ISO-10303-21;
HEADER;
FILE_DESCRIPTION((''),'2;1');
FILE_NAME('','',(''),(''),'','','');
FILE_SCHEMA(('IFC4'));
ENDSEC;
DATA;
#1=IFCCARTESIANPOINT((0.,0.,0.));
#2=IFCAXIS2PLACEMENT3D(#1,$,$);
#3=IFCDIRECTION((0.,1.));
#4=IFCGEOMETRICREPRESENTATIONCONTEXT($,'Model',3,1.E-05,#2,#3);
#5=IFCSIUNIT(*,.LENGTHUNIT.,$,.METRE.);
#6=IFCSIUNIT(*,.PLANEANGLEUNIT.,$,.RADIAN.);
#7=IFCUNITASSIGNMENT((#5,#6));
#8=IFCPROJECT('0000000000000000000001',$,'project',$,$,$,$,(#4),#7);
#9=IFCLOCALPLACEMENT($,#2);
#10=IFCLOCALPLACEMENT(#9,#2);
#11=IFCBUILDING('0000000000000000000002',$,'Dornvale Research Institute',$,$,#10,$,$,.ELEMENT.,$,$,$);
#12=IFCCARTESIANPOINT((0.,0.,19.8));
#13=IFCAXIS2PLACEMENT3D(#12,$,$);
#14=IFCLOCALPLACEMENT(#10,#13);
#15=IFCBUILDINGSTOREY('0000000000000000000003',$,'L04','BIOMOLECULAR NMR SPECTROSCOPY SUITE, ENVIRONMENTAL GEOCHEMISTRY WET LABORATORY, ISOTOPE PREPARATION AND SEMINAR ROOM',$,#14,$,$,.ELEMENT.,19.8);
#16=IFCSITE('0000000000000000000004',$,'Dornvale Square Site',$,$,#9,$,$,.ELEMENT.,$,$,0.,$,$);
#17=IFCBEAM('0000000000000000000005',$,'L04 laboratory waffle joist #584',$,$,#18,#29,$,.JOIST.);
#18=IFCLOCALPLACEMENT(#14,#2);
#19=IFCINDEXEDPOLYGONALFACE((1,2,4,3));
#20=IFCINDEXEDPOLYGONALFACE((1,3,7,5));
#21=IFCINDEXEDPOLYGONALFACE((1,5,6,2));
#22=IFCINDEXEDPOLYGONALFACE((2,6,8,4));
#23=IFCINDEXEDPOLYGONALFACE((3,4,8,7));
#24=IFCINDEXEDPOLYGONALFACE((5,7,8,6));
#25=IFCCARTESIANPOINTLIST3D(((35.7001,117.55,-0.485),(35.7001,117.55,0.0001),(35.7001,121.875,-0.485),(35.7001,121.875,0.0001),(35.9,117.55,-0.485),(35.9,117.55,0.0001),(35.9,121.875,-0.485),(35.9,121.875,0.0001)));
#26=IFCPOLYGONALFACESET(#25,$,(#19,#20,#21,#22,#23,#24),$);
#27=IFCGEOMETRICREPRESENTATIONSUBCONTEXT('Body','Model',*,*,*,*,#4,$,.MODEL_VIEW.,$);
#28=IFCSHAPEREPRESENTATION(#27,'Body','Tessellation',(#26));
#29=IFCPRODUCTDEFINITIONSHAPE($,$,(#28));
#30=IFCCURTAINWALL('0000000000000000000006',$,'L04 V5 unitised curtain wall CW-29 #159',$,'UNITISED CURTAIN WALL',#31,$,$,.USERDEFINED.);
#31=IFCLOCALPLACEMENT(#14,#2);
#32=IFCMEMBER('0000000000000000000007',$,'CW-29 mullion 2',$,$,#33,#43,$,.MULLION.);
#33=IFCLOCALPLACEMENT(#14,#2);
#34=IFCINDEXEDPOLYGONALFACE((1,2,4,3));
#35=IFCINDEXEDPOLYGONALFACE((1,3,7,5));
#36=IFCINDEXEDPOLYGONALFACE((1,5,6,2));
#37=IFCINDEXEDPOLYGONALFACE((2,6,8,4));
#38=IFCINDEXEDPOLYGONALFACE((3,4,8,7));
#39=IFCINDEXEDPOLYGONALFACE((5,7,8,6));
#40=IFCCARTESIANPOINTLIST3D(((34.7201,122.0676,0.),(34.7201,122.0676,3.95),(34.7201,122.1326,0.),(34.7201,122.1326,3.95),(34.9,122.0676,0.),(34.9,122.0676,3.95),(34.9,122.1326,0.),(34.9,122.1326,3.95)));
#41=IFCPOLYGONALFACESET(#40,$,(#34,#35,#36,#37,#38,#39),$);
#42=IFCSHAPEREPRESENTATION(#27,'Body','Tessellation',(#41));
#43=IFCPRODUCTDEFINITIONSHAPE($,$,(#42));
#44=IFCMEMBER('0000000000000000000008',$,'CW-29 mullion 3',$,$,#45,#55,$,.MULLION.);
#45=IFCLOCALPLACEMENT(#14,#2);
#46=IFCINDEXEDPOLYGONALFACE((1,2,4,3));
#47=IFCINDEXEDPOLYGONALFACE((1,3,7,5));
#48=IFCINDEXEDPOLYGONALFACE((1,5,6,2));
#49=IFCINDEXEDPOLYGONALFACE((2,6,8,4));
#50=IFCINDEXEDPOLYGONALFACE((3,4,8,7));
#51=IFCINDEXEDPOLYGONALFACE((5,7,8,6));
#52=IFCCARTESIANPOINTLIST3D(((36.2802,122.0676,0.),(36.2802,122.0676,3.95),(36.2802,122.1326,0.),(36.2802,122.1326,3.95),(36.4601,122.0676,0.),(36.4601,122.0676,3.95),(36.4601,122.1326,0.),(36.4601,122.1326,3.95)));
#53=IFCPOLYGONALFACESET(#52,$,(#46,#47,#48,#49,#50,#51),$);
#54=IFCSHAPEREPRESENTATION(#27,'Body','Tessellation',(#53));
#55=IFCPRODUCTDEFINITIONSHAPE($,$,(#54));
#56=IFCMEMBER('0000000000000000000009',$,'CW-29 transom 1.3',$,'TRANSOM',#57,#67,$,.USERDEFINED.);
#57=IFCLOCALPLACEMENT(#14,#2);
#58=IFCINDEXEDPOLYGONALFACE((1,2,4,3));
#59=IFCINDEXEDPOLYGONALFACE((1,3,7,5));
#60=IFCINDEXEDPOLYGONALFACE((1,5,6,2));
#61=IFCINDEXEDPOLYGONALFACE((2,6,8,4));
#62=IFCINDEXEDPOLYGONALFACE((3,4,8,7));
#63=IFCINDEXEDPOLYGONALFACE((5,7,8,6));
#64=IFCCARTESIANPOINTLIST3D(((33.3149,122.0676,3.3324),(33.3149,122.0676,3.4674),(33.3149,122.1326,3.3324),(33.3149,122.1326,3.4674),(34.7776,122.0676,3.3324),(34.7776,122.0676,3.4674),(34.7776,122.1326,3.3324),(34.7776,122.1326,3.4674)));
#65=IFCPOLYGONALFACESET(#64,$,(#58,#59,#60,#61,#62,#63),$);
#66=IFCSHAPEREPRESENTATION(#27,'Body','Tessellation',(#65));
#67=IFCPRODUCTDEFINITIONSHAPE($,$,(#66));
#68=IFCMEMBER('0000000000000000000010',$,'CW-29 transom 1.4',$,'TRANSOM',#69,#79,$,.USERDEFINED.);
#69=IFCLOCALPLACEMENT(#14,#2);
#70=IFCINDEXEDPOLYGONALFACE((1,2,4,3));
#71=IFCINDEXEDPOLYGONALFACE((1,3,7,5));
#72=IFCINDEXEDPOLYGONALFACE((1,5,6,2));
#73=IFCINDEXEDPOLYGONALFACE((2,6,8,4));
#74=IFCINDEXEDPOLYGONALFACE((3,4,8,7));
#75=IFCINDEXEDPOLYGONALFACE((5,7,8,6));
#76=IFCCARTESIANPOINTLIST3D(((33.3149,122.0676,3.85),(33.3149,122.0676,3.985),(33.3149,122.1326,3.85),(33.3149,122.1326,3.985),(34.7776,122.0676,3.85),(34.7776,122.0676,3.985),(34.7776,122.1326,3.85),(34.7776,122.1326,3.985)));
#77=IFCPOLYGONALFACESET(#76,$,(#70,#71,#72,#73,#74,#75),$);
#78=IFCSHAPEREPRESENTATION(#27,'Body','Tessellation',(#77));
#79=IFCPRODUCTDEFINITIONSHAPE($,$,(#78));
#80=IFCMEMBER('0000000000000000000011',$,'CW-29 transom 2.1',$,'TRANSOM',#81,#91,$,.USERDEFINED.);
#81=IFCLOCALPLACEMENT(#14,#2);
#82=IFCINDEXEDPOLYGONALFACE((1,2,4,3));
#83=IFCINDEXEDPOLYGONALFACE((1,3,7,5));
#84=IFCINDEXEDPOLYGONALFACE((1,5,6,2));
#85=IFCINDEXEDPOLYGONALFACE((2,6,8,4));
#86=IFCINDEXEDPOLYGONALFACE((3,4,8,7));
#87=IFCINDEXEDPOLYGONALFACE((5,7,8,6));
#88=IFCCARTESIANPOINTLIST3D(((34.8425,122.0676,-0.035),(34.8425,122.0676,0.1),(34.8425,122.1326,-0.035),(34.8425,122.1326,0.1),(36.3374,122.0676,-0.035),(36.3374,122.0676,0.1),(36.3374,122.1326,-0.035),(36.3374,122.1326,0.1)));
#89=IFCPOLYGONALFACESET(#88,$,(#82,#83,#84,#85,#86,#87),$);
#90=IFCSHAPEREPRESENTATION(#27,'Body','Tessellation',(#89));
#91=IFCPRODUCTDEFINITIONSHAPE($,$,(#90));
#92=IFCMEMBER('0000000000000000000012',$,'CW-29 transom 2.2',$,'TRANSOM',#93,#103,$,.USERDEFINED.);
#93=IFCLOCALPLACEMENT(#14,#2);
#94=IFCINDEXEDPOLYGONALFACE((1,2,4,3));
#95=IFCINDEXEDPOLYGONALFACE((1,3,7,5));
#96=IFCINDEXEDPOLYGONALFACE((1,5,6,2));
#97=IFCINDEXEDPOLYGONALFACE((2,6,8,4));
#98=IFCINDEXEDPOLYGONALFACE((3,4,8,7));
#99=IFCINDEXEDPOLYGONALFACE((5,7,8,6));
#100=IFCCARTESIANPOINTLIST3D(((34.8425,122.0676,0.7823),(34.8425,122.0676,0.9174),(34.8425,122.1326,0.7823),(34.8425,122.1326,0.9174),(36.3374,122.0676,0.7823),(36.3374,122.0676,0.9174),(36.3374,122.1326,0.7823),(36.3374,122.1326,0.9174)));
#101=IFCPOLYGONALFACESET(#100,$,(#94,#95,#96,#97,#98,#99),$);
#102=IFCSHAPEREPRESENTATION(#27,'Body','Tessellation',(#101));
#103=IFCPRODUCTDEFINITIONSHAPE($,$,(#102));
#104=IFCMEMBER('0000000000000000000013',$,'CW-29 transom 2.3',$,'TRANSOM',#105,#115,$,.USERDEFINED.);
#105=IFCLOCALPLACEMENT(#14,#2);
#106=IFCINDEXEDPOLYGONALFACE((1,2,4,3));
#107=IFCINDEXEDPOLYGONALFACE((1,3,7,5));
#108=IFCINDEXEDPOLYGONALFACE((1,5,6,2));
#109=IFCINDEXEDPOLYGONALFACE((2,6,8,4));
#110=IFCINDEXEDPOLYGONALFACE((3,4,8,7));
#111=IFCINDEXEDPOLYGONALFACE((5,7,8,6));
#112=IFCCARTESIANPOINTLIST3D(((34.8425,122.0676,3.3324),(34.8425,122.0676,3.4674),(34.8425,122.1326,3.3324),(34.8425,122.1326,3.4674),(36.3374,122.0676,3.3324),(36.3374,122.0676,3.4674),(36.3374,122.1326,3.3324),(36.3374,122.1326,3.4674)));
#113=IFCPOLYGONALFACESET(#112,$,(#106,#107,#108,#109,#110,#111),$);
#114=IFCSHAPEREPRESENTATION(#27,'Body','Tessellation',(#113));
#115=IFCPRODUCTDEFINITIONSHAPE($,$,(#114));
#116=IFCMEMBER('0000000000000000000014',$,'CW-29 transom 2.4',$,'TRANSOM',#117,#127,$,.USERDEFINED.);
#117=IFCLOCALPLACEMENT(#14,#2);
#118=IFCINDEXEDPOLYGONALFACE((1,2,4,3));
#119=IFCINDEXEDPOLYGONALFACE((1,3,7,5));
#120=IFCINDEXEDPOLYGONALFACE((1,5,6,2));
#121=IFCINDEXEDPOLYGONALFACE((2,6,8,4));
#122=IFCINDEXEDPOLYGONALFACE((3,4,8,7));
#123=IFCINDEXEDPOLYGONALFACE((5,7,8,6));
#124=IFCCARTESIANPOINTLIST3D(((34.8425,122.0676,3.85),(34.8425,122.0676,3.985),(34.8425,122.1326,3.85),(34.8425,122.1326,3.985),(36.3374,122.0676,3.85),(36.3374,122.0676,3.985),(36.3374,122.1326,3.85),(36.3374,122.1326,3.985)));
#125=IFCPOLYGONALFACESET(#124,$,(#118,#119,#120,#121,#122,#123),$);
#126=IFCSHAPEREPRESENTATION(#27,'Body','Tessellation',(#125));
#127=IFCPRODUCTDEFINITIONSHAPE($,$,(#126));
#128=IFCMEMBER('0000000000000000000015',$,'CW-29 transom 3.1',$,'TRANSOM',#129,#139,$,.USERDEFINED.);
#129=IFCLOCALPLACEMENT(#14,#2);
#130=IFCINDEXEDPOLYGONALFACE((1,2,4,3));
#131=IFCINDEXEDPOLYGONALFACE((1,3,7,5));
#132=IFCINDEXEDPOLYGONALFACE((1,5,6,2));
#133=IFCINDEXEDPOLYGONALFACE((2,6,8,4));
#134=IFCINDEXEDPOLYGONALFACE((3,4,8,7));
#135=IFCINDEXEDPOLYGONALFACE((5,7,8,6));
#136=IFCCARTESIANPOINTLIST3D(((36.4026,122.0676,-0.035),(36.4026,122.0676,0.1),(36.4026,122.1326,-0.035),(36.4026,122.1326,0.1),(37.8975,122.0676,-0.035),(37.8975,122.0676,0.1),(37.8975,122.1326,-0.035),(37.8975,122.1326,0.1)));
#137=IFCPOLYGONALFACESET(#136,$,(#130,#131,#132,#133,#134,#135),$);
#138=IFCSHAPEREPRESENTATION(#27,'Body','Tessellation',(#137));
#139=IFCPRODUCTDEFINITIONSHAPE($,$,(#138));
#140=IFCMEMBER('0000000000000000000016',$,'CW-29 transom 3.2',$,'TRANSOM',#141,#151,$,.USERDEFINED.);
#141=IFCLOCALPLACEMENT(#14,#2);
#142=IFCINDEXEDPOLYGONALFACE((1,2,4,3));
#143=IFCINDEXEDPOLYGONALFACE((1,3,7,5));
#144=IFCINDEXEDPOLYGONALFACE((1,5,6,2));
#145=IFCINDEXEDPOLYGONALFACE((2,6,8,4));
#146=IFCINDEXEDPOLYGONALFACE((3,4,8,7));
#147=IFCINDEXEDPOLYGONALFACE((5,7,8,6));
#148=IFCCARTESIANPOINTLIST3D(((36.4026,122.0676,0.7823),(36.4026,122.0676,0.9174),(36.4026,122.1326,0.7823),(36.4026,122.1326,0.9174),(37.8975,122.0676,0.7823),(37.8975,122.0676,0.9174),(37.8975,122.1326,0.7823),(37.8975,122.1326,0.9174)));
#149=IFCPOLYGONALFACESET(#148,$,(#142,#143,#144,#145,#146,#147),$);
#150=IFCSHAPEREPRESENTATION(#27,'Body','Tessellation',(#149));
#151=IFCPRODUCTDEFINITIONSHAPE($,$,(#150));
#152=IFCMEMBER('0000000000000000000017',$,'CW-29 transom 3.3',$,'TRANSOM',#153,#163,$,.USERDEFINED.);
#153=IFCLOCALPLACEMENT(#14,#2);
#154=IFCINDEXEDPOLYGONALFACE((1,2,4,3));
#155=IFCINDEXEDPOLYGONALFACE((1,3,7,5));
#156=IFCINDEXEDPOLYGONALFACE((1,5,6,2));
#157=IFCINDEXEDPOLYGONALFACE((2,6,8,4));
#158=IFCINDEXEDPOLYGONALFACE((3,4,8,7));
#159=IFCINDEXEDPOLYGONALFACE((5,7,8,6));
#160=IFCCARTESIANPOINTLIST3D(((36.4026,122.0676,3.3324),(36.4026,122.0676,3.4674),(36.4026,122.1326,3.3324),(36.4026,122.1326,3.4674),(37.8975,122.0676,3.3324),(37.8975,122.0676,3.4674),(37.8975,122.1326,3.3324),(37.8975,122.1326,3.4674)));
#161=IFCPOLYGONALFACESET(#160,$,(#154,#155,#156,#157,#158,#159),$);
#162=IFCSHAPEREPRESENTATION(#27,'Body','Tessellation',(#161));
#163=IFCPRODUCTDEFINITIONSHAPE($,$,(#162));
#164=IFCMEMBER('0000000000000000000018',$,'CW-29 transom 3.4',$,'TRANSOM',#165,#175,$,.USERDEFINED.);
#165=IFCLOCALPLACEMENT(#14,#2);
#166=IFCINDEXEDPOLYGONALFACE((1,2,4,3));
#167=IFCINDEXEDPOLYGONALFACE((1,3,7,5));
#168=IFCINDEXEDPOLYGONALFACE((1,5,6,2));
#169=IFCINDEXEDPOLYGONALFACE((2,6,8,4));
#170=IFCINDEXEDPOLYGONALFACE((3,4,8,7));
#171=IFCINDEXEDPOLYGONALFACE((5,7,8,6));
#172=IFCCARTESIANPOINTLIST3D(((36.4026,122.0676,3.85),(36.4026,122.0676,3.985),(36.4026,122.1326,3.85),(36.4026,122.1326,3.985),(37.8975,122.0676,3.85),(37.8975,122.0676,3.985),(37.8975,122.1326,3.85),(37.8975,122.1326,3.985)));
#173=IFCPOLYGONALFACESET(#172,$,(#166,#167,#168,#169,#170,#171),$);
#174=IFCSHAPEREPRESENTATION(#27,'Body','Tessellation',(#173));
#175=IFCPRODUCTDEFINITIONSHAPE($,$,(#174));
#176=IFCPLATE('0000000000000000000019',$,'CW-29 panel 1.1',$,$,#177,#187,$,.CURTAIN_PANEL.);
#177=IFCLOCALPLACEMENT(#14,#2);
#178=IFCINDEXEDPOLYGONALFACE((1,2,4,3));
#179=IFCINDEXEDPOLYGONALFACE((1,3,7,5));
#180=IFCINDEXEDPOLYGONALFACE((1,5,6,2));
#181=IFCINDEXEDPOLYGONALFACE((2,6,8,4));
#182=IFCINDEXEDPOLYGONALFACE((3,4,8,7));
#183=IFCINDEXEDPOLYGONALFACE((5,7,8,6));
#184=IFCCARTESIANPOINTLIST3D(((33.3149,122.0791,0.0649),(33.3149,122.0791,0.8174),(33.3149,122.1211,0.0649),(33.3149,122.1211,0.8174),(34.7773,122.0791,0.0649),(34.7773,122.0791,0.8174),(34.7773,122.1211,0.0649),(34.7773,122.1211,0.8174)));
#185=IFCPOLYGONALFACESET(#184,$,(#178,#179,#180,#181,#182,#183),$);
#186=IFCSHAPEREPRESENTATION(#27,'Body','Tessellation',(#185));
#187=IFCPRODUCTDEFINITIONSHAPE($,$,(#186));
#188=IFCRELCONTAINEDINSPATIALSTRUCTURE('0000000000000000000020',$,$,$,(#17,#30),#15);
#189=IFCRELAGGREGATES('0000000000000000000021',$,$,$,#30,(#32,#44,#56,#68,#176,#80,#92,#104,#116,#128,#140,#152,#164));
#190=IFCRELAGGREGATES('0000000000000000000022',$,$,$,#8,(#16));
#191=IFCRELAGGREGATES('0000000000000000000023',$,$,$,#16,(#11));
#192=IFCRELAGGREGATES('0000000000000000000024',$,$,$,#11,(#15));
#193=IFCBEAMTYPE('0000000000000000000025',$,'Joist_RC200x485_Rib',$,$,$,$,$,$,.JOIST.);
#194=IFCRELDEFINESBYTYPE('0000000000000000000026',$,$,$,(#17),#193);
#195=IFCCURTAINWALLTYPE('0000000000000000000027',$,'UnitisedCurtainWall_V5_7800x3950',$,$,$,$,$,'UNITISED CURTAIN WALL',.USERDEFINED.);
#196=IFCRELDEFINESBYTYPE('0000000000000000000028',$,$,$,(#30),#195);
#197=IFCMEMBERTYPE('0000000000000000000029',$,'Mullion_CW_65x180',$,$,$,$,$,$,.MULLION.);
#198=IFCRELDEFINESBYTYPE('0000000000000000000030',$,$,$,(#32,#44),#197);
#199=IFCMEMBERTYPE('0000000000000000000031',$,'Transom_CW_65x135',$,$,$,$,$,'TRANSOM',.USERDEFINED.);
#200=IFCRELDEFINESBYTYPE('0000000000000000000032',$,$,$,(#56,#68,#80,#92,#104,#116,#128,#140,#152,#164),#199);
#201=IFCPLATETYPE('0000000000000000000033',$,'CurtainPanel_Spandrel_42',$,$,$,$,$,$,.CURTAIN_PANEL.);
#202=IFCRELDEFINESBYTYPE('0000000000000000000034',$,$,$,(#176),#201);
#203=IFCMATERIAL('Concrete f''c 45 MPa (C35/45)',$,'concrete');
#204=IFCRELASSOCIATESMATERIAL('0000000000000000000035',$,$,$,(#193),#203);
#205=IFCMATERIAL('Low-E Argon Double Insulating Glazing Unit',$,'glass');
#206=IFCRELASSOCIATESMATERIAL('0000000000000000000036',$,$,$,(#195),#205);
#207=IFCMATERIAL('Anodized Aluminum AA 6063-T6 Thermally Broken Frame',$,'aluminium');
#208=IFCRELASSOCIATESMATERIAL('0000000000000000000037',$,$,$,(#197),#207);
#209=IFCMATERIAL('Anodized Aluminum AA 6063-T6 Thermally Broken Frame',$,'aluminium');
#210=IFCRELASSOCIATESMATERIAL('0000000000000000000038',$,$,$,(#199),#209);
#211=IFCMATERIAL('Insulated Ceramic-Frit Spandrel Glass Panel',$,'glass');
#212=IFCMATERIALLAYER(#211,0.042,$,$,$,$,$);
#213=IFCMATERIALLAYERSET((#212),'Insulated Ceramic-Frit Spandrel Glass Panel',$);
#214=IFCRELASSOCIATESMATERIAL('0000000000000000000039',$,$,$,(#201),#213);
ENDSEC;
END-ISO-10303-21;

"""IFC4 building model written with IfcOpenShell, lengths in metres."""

from ifc_helpers import new_model, si_unit, direction, frame, origin, origin_2d, place, context, subcontext, project, spatial, rectangle, extrude, material, layer, layer_set, material_profile, profile_set, type_object, element, aggregate, save


model = new_model("IFC4")

# Units and contexts
model_context = context("Model", 3, precision=1e-05, world=origin(), true_north=direction((0.0, 1.0)))
body_context = subcontext(model_context, "Body", "Model", "MODEL_VIEW")
ifc_project = project(units=[si_unit("LENGTHUNIT", "METRE"), si_unit("PLANEANGLEUNIT", "RADIAN")], contexts=[model_context])

# Site, building, storey
site_placement = place(None, origin())
site = spatial("IfcSite", under=ifc_project, at=site_placement, Name="Dornvale Square Site", CompositionType="ELEMENT", RefElevation=0.0)
building_placement = place(site_placement, origin())
building = spatial("IfcBuilding", under=site, at=building_placement, Name="Dornvale Research Institute", CompositionType="ELEMENT")
storey_placement = place(building_placement, frame((0.0, 0.0, 19.8)))
storey = spatial("IfcBuildingStorey", under=building, at=storey_placement, Name="L04", Description="BIOMOLECULAR NMR SPECTROSCOPY SUITE, ENVIRONMENTAL GEOCHEMISTRY WET LABORATORY, ISOTOPE PREPARATION AND SEMINAR ROOM", CompositionType="ELEMENT", Elevation=19.8)

# Beam
ifc_material_1 = material(Name="Concrete f'c 45 MPa (C35/45)", Category="concrete")
ifc_material_profile_1 = material_profile(ifc_material_1, rectangle(XDim=0.2, YDim=0.4851, at=origin_2d()), Name="RC 200x485")
ifc_profile_set_1 = profile_set([ifc_material_profile_1], Name="Concrete f'c 45 MPa (C35/45)")
beam_type = type_object("IfcBeamType", Name="Joist_RC200x485_Rib", PredefinedType="JOIST", material=ifc_profile_set_1)
beam_placement = place(storey_placement, frame((35.8, 117.55, -0.2424), z_axis=(0.0, 1.0, 0.0), x_axis=(-1.0, 0.0, 0.0)))
element("IfcBeam", 1, at=beam_placement, inside=storey, type_object=beam_type, Name="L04 laboratory waffle joist #584", PredefinedType="JOIST", context=body_context, shape_type="SweptSolid", body=[
    extrude(rectangle(XDim=0.2, YDim=0.4851, at=origin_2d()), origin(), (0.0, 0.0, 1.0), 4.325),
])

# Curtain wall, members, plate
ifc_material_2 = material(Name="Low-E Argon Double Insulating Glazing Unit", Category="glass")
curtain_wall_type = type_object("IfcCurtainWallType", Name="UnitisedCurtainWall_V5_7800x3950", ElementType="UNITISED CURTAIN WALL", PredefinedType="USERDEFINED", material=ifc_material_2)
curtain_wall_placement = place(storey_placement, origin())
curtain_wall = element("IfcCurtainWall", 2, at=curtain_wall_placement, inside=storey, type_object=curtain_wall_type, Name="L04 V5 unitised curtain wall CW-29 #159", ObjectType="UNITISED CURTAIN WALL", PredefinedType="USERDEFINED")
ifc_material_3 = material(Name="Anodized Aluminum AA 6063-T6 Thermally Broken Frame", Category="aluminium")
ifc_material_profile_2 = material_profile(ifc_material_3, rectangle(XDim=0.0649, YDim=0.1799, at=origin_2d()), Name="ALU MULLION 65x180")
ifc_profile_set_2 = profile_set([ifc_material_profile_2], Name="Anodized Aluminum AA 6063-T6 Thermally Broken Frame")
member_type_1 = type_object("IfcMemberType", Name="Mullion_CW_65x180", PredefinedType="MULLION", material=ifc_profile_set_2)
member_1_placement = place(storey_placement, frame((34.8101, 122.1001, 0.0), z_axis=(0.0, 0.0, 1.0), x_axis=(0.0, 1.0, 0.0)))
member_1 = element("IfcMember", 3, at=member_1_placement, type_object=member_type_1, Name="CW-29 mullion 2", PredefinedType="MULLION", context=body_context, shape_type="SweptSolid", body=[
    extrude(rectangle(XDim=0.0649, YDim=0.1799, at=origin_2d()), origin(), (0.0, 0.0, 1.0), 3.95),
])
member_2_placement = place(storey_placement, frame((36.3701, 122.1001, 0.0), z_axis=(0.0, 0.0, 1.0), x_axis=(0.0, 1.0, 0.0)))
member_2 = element("IfcMember", 4, at=member_2_placement, type_object=member_type_1, Name="CW-29 mullion 3", PredefinedType="MULLION", context=body_context, shape_type="SweptSolid", body=[
    extrude(rectangle(XDim=0.0649, YDim=0.1799, at=origin_2d()), origin(), (0.0, 0.0, 1.0), 3.95),
])
ifc_material_4 = material(Name="Anodized Aluminum AA 6063-T6 Thermally Broken Frame", Category="aluminium")
ifc_material_profile_3 = material_profile(ifc_material_4, rectangle(XDim=0.0649, YDim=0.135, at=origin_2d()), Name="ALU TRANSOM 65x135")
ifc_profile_set_3 = profile_set([ifc_material_profile_3], Name="Anodized Aluminum AA 6063-T6 Thermally Broken Frame")
member_type_2 = type_object("IfcMemberType", Name="Transom_CW_65x135", ElementType="TRANSOM", PredefinedType="USERDEFINED", material=ifc_profile_set_3)
member_3_placement = place(storey_placement, frame((33.3149, 122.1001, 3.3999), z_axis=(1.0, 0.0, 0.0), x_axis=(0.0, 1.0, 0.0)))
member_3 = element("IfcMember", 5, at=member_3_placement, type_object=member_type_2, Name="CW-29 transom 1.3", ObjectType="TRANSOM", PredefinedType="USERDEFINED", context=body_context, shape_type="SweptSolid", body=[
    extrude(rectangle(XDim=0.0649, YDim=0.135, at=origin_2d()), origin(), (0.0, 0.0, 1.0), 1.4626),
])
member_4_placement = place(storey_placement, frame((33.3149, 122.1001, 3.9175), z_axis=(1.0, 0.0, 0.0), x_axis=(0.0, 1.0, 0.0)))
member_4 = element("IfcMember", 6, at=member_4_placement, type_object=member_type_2, Name="CW-29 transom 1.4", ObjectType="TRANSOM", PredefinedType="USERDEFINED", context=body_context, shape_type="SweptSolid", body=[
    extrude(rectangle(XDim=0.0649, YDim=0.135, at=origin_2d()), origin(), (0.0, 0.0, 1.0), 1.4626),
])
member_5_placement = place(storey_placement, frame((34.8425, 122.1001, 0.0325), z_axis=(1.0, 0.0, 0.0), x_axis=(0.0, 1.0, 0.0)))
member_5 = element("IfcMember", 7, at=member_5_placement, type_object=member_type_2, Name="CW-29 transom 2.1", ObjectType="TRANSOM", PredefinedType="USERDEFINED", context=body_context, shape_type="SweptSolid", body=[
    extrude(rectangle(XDim=0.0649, YDim=0.135, at=origin_2d()), origin(), (0.0, 0.0, 1.0), 1.4949),
])
member_6_placement = place(storey_placement, frame((34.8425, 122.1001, 0.8499), z_axis=(1.0, 0.0, 0.0), x_axis=(0.0, 1.0, 0.0)))
member_6 = element("IfcMember", 8, at=member_6_placement, type_object=member_type_2, Name="CW-29 transom 2.2", ObjectType="TRANSOM", PredefinedType="USERDEFINED", context=body_context, shape_type="SweptSolid", body=[
    extrude(rectangle(XDim=0.0649, YDim=0.135, at=origin_2d()), origin(), (0.0, 0.0, 1.0), 1.4949),
])
member_7_placement = place(storey_placement, frame((34.8425, 122.1001, 3.3999), z_axis=(1.0, 0.0, 0.0), x_axis=(0.0, 1.0, 0.0)))
member_7 = element("IfcMember", 9, at=member_7_placement, type_object=member_type_2, Name="CW-29 transom 2.3", ObjectType="TRANSOM", PredefinedType="USERDEFINED", context=body_context, shape_type="SweptSolid", body=[
    extrude(rectangle(XDim=0.0649, YDim=0.135, at=origin_2d()), origin(), (0.0, 0.0, 1.0), 1.4949),
])
member_8_placement = place(storey_placement, frame((34.8425, 122.1001, 3.9175), z_axis=(1.0, 0.0, 0.0), x_axis=(0.0, 1.0, 0.0)))
member_8 = element("IfcMember", 10, at=member_8_placement, type_object=member_type_2, Name="CW-29 transom 2.4", ObjectType="TRANSOM", PredefinedType="USERDEFINED", context=body_context, shape_type="SweptSolid", body=[
    extrude(rectangle(XDim=0.0649, YDim=0.135, at=origin_2d()), origin(), (0.0, 0.0, 1.0), 1.4949),
])
member_9_placement = place(storey_placement, frame((36.4026, 122.1001, 0.0325), z_axis=(1.0, 0.0, 0.0), x_axis=(0.0, 1.0, 0.0)))
member_9 = element("IfcMember", 11, at=member_9_placement, type_object=member_type_2, Name="CW-29 transom 3.1", ObjectType="TRANSOM", PredefinedType="USERDEFINED", context=body_context, shape_type="SweptSolid", body=[
    extrude(rectangle(XDim=0.0649, YDim=0.135, at=origin_2d()), origin(), (0.0, 0.0, 1.0), 1.4949),
])
member_10_placement = place(storey_placement, frame((36.4026, 122.1001, 0.8499), z_axis=(1.0, 0.0, 0.0), x_axis=(0.0, 1.0, 0.0)))
member_10 = element("IfcMember", 12, at=member_10_placement, type_object=member_type_2, Name="CW-29 transom 3.2", ObjectType="TRANSOM", PredefinedType="USERDEFINED", context=body_context, shape_type="SweptSolid", body=[
    extrude(rectangle(XDim=0.0649, YDim=0.135, at=origin_2d()), origin(), (0.0, 0.0, 1.0), 1.4949),
])
member_11_placement = place(storey_placement, frame((36.4026, 122.1001, 3.3999), z_axis=(1.0, 0.0, 0.0), x_axis=(0.0, 1.0, 0.0)))
member_11 = element("IfcMember", 13, at=member_11_placement, type_object=member_type_2, Name="CW-29 transom 3.3", ObjectType="TRANSOM", PredefinedType="USERDEFINED", context=body_context, shape_type="SweptSolid", body=[
    extrude(rectangle(XDim=0.0649, YDim=0.135, at=origin_2d()), origin(), (0.0, 0.0, 1.0), 1.4949),
])
member_12_placement = place(storey_placement, frame((36.4026, 122.1001, 3.9175), z_axis=(1.0, 0.0, 0.0), x_axis=(0.0, 1.0, 0.0)))
member_12 = element("IfcMember", 14, at=member_12_placement, type_object=member_type_2, Name="CW-29 transom 3.4", ObjectType="TRANSOM", PredefinedType="USERDEFINED", context=body_context, shape_type="SweptSolid", body=[
    extrude(rectangle(XDim=0.0649, YDim=0.135, at=origin_2d()), origin(), (0.0, 0.0, 1.0), 1.4949),
])
ifc_material_5 = material(Name="Insulated Ceramic-Frit Spandrel Glass Panel", Category="glass")
ifc_layer_1 = layer(ifc_material_5, 0.042)
ifc_layer_set_1 = layer_set([ifc_layer_1], Name="Insulated Ceramic-Frit Spandrel Glass Panel")
plate_type_1 = type_object("IfcPlateType", Name="CurtainPanel_Spandrel_42", PredefinedType="CURTAIN_PANEL", material=ifc_layer_set_1)
plate_1_placement = place(storey_placement, frame((34.0461, 122.1001, 0.0649), z_axis=(0.0, 0.0, 1.0), x_axis=(1.0, 0.0, 0.0)))
plate_1 = element("IfcPlate", 15, at=plate_1_placement, type_object=plate_type_1, Name="CW-29 panel 1.1", PredefinedType="CURTAIN_PANEL", context=body_context, shape_type="SweptSolid", body=[
    extrude(rectangle(XDim=1.4624, YDim=0.042, at=origin_2d()), origin(), (0.0, 0.0, 1.0), 0.7524),
])
aggregate(curtain_wall, [member_1, member_2, member_3, member_4, plate_1, member_5, member_6, member_7, member_8, member_9, member_10, member_11, member_12])

save(model, "model.ifc")
